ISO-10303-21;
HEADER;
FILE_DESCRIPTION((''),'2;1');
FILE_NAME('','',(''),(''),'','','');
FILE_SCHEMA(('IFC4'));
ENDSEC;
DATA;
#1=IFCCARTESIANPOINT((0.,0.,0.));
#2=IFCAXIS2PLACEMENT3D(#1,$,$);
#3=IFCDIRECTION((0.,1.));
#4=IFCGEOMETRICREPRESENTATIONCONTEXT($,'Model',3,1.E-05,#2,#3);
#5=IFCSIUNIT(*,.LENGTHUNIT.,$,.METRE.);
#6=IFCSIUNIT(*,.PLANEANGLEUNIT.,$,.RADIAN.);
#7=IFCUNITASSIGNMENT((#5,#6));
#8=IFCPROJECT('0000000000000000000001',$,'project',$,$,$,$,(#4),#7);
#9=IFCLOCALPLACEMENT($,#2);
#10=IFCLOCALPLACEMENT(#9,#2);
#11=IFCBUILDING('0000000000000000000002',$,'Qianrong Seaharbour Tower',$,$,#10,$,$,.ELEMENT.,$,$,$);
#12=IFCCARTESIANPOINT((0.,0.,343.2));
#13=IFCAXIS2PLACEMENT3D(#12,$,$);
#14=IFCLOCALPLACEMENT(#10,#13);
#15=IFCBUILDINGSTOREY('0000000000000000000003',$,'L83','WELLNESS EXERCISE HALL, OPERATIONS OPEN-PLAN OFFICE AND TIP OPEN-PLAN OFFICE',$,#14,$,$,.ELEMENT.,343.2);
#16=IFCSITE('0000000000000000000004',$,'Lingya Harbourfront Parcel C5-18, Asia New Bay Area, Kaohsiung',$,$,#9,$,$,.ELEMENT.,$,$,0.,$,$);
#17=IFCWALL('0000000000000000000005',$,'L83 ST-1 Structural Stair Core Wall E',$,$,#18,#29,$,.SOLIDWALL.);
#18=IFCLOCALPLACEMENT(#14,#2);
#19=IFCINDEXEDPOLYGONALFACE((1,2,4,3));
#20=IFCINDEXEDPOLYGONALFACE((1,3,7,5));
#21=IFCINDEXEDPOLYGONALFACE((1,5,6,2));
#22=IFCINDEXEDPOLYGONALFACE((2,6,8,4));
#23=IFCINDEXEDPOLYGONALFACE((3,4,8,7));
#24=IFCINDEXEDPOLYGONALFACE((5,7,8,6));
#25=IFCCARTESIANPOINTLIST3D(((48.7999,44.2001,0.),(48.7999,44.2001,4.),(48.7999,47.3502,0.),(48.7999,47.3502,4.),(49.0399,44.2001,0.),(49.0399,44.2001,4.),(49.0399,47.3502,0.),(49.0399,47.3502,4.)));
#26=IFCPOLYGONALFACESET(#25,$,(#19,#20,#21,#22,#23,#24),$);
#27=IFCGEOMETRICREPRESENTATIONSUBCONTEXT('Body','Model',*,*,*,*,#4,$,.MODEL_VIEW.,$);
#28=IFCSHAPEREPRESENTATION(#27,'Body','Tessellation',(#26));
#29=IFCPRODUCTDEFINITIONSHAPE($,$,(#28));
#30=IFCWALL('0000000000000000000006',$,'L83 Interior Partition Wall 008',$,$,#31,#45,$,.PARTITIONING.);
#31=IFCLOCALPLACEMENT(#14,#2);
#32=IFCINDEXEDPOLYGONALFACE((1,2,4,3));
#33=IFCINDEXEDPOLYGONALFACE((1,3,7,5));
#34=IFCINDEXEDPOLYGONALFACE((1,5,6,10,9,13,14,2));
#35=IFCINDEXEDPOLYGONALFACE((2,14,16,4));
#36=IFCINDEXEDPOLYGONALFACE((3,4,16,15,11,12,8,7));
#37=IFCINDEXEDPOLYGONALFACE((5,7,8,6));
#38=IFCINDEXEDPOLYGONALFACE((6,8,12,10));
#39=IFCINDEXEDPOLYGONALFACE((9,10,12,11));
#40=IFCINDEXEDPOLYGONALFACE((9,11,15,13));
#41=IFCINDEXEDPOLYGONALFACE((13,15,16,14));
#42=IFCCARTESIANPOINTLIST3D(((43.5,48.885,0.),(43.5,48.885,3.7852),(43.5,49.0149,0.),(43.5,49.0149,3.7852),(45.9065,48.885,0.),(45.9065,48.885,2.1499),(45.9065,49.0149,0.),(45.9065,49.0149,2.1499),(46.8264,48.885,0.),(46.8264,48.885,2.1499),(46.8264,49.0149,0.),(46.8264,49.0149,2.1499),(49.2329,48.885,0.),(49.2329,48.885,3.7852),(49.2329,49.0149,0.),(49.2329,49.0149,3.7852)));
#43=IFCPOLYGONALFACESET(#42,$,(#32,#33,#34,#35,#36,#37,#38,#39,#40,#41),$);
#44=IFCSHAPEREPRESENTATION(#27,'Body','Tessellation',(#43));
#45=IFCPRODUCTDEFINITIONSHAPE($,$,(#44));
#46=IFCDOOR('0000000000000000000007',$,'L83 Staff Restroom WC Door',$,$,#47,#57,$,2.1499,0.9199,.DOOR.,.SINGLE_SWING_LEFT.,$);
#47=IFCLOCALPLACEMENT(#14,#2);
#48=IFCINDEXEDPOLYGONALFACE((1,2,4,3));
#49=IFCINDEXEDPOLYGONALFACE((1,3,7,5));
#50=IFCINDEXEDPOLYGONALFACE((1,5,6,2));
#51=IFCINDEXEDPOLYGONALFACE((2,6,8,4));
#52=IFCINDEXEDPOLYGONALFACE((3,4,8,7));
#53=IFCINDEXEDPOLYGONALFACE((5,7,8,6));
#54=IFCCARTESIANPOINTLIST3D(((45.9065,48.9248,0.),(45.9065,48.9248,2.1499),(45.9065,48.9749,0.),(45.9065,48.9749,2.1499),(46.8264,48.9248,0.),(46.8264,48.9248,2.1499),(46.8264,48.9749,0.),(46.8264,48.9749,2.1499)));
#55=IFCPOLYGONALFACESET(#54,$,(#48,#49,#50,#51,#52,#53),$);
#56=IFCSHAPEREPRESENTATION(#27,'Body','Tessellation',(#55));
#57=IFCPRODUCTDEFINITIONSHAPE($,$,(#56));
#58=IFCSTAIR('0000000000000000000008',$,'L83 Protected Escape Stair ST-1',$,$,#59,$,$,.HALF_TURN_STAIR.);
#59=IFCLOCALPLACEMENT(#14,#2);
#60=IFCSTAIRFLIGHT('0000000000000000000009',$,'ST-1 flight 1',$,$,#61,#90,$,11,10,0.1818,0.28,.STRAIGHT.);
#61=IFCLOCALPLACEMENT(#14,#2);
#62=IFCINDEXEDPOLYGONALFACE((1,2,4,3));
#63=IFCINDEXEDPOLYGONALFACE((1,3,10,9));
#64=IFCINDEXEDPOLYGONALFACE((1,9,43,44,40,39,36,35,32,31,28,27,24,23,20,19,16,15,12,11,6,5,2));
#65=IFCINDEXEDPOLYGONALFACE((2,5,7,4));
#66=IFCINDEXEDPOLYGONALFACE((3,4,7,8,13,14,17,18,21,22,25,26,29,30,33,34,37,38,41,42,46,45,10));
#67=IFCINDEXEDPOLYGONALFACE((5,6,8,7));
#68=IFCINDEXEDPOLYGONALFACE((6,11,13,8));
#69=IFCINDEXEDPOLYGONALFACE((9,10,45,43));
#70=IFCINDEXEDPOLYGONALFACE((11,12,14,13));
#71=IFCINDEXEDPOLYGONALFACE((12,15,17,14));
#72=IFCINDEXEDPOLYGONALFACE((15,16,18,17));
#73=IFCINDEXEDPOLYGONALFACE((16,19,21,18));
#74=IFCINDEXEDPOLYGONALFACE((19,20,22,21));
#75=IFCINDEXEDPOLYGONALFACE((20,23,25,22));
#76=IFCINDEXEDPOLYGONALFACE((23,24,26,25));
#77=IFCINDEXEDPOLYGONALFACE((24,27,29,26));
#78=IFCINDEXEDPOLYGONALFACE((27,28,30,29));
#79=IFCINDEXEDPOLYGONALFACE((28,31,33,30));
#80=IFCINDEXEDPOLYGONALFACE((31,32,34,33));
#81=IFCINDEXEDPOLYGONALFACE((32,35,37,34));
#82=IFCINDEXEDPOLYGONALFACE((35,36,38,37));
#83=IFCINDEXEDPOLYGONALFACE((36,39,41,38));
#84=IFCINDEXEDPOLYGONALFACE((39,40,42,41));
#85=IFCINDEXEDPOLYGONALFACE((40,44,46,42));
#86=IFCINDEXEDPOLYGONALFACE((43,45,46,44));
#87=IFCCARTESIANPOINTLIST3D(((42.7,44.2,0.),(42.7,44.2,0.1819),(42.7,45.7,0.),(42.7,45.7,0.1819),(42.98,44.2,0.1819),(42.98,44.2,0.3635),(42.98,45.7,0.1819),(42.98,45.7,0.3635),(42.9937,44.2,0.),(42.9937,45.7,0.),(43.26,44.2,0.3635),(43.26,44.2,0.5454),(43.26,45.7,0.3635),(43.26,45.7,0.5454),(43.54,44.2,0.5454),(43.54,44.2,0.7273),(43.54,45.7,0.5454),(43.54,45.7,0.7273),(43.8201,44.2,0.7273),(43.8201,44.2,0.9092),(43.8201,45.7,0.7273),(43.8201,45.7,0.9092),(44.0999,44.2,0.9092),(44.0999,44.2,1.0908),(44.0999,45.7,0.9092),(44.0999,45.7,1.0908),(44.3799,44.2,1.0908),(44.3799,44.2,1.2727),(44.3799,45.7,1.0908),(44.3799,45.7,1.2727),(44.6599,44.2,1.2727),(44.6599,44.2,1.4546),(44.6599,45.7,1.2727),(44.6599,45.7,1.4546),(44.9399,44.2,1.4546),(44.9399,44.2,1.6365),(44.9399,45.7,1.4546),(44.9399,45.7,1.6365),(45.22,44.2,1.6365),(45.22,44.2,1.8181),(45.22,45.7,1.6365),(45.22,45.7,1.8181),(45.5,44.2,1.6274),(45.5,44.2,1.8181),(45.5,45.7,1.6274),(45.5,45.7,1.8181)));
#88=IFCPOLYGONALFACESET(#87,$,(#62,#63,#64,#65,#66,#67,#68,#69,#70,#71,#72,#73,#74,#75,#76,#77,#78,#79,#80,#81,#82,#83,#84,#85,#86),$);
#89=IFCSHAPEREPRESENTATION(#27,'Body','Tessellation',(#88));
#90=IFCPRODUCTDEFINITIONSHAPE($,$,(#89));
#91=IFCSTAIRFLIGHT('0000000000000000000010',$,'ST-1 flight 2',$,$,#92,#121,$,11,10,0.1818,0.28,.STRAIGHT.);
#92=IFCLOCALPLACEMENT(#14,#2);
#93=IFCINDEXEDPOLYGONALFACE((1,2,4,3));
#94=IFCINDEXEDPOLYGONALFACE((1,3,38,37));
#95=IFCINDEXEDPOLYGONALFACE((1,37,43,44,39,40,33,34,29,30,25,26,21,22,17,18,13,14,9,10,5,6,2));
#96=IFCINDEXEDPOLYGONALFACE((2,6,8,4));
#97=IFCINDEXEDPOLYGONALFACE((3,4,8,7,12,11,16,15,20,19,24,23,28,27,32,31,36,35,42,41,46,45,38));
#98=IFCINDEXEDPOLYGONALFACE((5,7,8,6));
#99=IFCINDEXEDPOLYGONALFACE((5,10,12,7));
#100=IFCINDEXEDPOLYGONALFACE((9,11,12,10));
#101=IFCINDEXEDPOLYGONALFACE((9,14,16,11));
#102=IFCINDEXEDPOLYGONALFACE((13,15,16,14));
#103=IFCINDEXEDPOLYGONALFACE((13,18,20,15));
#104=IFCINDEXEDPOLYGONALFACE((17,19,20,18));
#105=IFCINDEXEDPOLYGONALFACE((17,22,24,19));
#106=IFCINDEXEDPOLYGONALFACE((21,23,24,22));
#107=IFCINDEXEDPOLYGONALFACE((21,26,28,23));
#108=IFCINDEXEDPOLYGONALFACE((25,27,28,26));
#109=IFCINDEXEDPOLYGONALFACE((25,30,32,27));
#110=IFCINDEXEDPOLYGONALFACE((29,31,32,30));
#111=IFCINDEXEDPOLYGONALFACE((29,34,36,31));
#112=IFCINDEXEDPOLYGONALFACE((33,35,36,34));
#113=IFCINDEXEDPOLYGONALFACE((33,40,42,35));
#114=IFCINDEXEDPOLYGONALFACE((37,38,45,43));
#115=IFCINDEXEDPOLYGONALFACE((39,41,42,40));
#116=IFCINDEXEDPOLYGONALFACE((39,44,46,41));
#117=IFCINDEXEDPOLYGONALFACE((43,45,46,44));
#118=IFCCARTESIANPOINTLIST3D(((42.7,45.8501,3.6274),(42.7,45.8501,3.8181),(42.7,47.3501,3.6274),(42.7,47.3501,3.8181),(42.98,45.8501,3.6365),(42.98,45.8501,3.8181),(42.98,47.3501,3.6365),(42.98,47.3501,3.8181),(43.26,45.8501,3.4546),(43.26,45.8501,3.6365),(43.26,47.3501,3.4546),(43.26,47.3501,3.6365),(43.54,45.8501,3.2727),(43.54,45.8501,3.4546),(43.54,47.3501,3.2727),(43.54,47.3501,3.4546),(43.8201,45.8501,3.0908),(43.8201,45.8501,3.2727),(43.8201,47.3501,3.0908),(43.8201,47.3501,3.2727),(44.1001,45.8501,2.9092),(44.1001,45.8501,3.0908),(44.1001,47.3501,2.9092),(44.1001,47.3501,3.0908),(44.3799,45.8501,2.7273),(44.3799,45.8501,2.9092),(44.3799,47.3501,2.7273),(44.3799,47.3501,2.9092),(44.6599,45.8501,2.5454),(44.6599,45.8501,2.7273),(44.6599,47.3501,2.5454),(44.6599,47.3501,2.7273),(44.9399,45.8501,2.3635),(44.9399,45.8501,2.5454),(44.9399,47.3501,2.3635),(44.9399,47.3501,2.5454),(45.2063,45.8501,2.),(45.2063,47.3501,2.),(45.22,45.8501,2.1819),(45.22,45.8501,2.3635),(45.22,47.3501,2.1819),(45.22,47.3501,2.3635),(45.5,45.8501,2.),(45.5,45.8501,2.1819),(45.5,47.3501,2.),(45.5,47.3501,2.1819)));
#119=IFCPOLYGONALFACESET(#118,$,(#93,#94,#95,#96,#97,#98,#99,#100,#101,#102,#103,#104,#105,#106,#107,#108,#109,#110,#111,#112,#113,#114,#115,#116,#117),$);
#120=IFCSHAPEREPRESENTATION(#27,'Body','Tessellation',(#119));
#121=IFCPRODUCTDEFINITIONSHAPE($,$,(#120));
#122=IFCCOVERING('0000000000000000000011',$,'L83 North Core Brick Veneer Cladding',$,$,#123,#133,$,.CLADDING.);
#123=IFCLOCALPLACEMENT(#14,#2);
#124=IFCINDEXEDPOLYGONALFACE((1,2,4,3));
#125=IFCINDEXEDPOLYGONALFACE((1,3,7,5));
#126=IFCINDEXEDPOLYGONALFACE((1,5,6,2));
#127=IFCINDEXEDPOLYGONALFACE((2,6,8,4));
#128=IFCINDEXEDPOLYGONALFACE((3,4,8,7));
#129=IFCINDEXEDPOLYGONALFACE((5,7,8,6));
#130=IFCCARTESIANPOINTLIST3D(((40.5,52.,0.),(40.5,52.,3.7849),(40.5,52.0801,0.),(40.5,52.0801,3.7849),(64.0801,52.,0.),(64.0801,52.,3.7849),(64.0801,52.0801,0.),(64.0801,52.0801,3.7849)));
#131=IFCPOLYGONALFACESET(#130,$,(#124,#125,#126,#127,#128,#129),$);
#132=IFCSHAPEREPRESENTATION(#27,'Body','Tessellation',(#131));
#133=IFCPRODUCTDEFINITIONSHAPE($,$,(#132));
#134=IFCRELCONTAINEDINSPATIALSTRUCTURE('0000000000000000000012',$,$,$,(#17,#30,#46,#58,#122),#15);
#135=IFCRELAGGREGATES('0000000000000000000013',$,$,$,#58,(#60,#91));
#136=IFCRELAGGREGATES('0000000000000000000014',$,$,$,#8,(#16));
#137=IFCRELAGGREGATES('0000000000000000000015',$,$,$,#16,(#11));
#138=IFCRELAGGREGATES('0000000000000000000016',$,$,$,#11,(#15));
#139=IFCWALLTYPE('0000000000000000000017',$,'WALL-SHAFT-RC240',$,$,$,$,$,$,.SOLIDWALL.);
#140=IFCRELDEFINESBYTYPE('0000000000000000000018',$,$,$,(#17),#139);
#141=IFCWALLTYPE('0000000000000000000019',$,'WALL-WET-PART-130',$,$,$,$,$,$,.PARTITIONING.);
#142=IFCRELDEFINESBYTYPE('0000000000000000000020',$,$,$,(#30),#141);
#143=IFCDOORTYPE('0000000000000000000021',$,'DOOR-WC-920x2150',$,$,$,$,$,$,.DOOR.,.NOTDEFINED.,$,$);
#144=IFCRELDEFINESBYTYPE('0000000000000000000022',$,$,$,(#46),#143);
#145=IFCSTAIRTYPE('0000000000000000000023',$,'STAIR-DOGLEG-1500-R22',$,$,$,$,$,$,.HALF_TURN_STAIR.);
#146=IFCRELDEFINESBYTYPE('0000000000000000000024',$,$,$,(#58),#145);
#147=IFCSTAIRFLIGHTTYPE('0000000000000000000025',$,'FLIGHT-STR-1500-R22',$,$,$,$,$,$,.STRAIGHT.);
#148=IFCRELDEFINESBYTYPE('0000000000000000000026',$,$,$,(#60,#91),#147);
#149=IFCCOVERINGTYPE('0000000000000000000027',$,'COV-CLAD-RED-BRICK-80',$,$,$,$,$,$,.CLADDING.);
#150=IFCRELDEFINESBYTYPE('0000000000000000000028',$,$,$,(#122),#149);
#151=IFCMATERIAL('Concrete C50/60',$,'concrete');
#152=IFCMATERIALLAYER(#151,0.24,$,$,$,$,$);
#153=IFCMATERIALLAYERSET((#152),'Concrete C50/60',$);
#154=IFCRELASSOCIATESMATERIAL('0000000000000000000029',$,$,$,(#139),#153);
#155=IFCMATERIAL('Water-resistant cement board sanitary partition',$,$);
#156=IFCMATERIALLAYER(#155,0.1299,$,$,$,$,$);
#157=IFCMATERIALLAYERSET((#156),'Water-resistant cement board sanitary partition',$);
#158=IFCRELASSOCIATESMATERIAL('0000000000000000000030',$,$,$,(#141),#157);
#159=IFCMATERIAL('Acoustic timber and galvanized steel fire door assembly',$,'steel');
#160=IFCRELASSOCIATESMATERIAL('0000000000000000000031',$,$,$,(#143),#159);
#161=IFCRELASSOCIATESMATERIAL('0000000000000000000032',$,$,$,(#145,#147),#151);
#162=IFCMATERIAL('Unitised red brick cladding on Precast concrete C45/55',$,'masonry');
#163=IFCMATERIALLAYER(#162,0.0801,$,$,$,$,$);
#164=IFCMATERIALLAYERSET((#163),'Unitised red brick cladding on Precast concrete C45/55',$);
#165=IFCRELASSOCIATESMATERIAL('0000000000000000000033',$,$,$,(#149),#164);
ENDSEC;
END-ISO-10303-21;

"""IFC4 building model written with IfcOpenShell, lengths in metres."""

from ifc_helpers import new_model, si_unit, direction, frame, frame_2d, origin, origin_2d, place, context, subcontext, project, spatial, polyline, rectangle, outline, extrude, material, layer, layer_set, type_object, element, fill, aggregate, save


model = new_model("IFC4")

# Units and contexts
model_context = context("Model", 3, precision=1e-05, world=origin(), true_north=direction((0.0, 1.0)))
body_context = subcontext(model_context, "Body", "Model", "MODEL_VIEW")
ifc_project = project(units=[si_unit("LENGTHUNIT", "METRE"), si_unit("PLANEANGLEUNIT", "RADIAN")], contexts=[model_context])

# Site, building, storey
site_placement = place(None, origin())
site = spatial("IfcSite", under=ifc_project, at=site_placement, Name="Lingya Harbourfront Parcel C5-18, Asia New Bay Area, Kaohsiung", CompositionType="ELEMENT", RefElevation=0.0)
building_placement = place(site_placement, origin())
building = spatial("IfcBuilding", under=site, at=building_placement, Name="Qianrong Seaharbour Tower", CompositionType="ELEMENT")
storey_placement = place(building_placement, frame((0.0, 0.0, 343.2)))
storey = spatial("IfcBuildingStorey", under=building, at=storey_placement, Name="L83", Description="WELLNESS EXERCISE HALL, OPERATIONS OPEN-PLAN OFFICE AND TIP OPEN-PLAN OFFICE", CompositionType="ELEMENT", Elevation=343.2)

# Shared definitions
ifc_material_1 = material(Name="Concrete C50/60", Category="concrete")

# Shared definitions
ifc_material_2 = material(Name="Acoustic timber and galvanized steel fire door assembly", Category="steel")

# Wall
ifc_layer_1 = layer(ifc_material_1, 0.24)
ifc_layer_set_1 = layer_set([ifc_layer_1], Name="Concrete C50/60")
wall_type_1 = type_object("IfcWallType", Name="WALL-SHAFT-RC240", PredefinedType="SOLIDWALL", material=ifc_layer_set_1)
wall_1_placement = place(storey_placement, frame((48.9199, 44.2, 0.0), z_axis=(0.0, 0.0, 1.0), x_axis=(0.0, 1.0, 0.0)))
element("IfcWall", 1, at=wall_1_placement, inside=storey, type_object=wall_type_1, Name="L83 ST-1 Structural Stair Core Wall E", PredefinedType="SOLIDWALL", context=body_context, shape_type="SweptSolid", body=[
    extrude(rectangle(XDim=3.1501, YDim=0.24, at=frame_2d((1.5752, 0.0))), origin(), (0.0, 0.0, 1.0), 4.0),
])

# Wall, opening, door
ifc_material_3 = material(Name="Water-resistant cement board sanitary partition")
ifc_layer_2 = layer(ifc_material_3, 0.1299)
ifc_layer_set_2 = layer_set([ifc_layer_2], Name="Water-resistant cement board sanitary partition")
wall_type_2 = type_object("IfcWallType", Name="WALL-WET-PART-130", PredefinedType="PARTITIONING", material=ifc_layer_set_2)
wall_2_placement = place(storey_placement, frame((43.5, 48.95, 0.0), z_axis=(0.0, 0.0, 1.0), x_axis=(1.0, 0.0, 0.0)))
wall_2 = element("IfcWall", 2, at=wall_2_placement, inside=storey, type_object=wall_type_2, Name="L83 Interior Partition Wall 008", PredefinedType="PARTITIONING", context=body_context, shape_type="SweptSolid", body=[
    extrude(rectangle(XDim=5.7329, YDim=0.1299, at=frame_2d((2.8665, 0.0))), origin(), (0.0, 0.0, 1.0), 3.7852),
])
opening_1_placement = place(wall_2_placement, frame((2.4065, 0.0, 0.0)))
opening_1 = element("IfcOpeningElement", 3, at=opening_1_placement, cuts=wall_2, PredefinedType="OPENING", context=body_context, shape_type="SweptSolid", body=[
    extrude(rectangle(XDim=0.9199, YDim=2.1499, at=frame_2d((0.46, 1.075))), frame((0.0, 0.075, 0.0), z_axis=(0.0, -1.0, 0.0), x_axis=(1.0, 0.0, 0.0)), (0.0, 0.0, 1.0), 0.1499),
])
door_type_1 = type_object("IfcDoorType", Name="DOOR-WC-920x2150", OperationType="NOTDEFINED", PredefinedType="DOOR", material=ifc_material_2)
door_1_placement = place(opening_1_placement, origin())
door_1 = element("IfcDoor", 4, at=door_1_placement, inside=storey, type_object=door_type_1, Name="L83 Staff Restroom WC Door", OperationType="SINGLE_SWING_LEFT", OverallHeight=2.1499, OverallWidth=0.9199, PredefinedType="DOOR", context=body_context, shape_type="SweptSolid", body=[
    extrude(rectangle(XDim=0.9199, YDim=2.1499, at=frame_2d((0.46, 1.075))), frame((0.0, 0.0249, 0.0), z_axis=(0.0, -1.0, 0.0), x_axis=(1.0, 0.0, 0.0)), (0.0, 0.0, 1.0), 0.05),
])
fill(opening_1, door_1)

# Stair, stair flights
stair_type = type_object("IfcStairType", Name="STAIR-DOGLEG-1500-R22", PredefinedType="HALF_TURN_STAIR", material=ifc_material_1)
stair_placement = place(storey_placement, origin())
stair = element("IfcStair", 5, at=stair_placement, inside=storey, type_object=stair_type, Name="L83 Protected Escape Stair ST-1", PredefinedType="HALF_TURN_STAIR")
stair_flight_type = type_object("IfcStairFlightType", Name="FLIGHT-STR-1500-R22", PredefinedType="STRAIGHT", material=ifc_material_1)
stair_flight_1_placement = place(storey_placement, frame((42.7, 44.95, 0.0), z_axis=(0.0, 0.0, 1.0), x_axis=(1.0, 0.0, 0.0)))
stair_flight_1 = element("IfcStairFlight", 6, at=stair_flight_1_placement, type_object=stair_flight_type, Name="ST-1 flight 1", NumberOfRisers=11, NumberOfTreads=10, PredefinedType="STRAIGHT", RiserHeight=0.1818, TreadLength=0.28, context=body_context, shape_type="SweptSolid", body=[
    extrude(outline(polyline([(0.0, 0.0), (0.0, 0.1819), (0.28, 0.1819), (0.28, 0.3635), (0.5601, 0.3635), (0.5601, 0.5454), (0.8401, 0.5454), (0.8401, 0.7273), (1.1201, 0.7273), (1.1201, 0.9092), (1.3999, 0.9092), (1.3999, 1.0908), (1.6799, 1.0908), (1.6799, 1.2727), (1.96, 1.2727), (1.96, 1.4546), (2.24, 1.4546), (2.24, 1.6365), (2.52, 1.6365), (2.52, 1.8181), (2.8, 1.8181), (2.8, 2.0), (2.8, 1.6274), (0.2937, 0.0), (0.0, 0.0)])), frame((0.0, 0.75, 0.0), z_axis=(0.0, -1.0, 0.0), x_axis=(1.0, 0.0, 0.0)), (0.0, 0.0, 1.0), 1.5),
])
stair_flight_2_placement = place(storey_placement, frame((45.5, 46.6001, 2.0), z_axis=(0.0, 0.0, 1.0), x_axis=(-1.0, 0.0, 0.0)))
stair_flight_2 = element("IfcStairFlight", 7, at=stair_flight_2_placement, type_object=stair_flight_type, Name="ST-1 flight 2", NumberOfRisers=11, NumberOfTreads=10, PredefinedType="STRAIGHT", RiserHeight=0.1818, TreadLength=0.28, context=body_context, shape_type="SweptSolid", body=[
    extrude(outline(polyline([(0.0, 0.0), (0.0, 0.1819), (0.28, 0.1819), (0.28, 0.3635), (0.5601, 0.3635), (0.5601, 0.5454), (0.8401, 0.5454), (0.8401, 0.7273), (1.1201, 0.7273), (1.1201, 0.9092), (1.3999, 0.9092), (1.3999, 1.0908), (1.6799, 1.0908), (1.6799, 1.2727), (1.96, 1.2727), (1.96, 1.4546), (2.24, 1.4546), (2.24, 1.6365), (2.52, 1.6365), (2.52, 1.8181), (2.8, 1.8181), (2.8, 2.0), (2.8, 1.6274), (0.2937, 0.0), (0.0, 0.0)])), frame((0.0, 0.75, 0.0), z_axis=(0.0, -1.0, 0.0), x_axis=(1.0, 0.0, 0.0)), (0.0, 0.0, 1.0), 1.5),
])
aggregate(stair, [stair_flight_1, stair_flight_2])

# Covering
ifc_material_4 = material(Name="Unitised red brick cladding on Precast concrete C45/55", Category="masonry")
ifc_layer_3 = layer(ifc_material_4, 0.0801)
ifc_layer_set_3 = layer_set([ifc_layer_3], Name="Unitised red brick cladding on Precast concrete C45/55")
covering_type = type_object("IfcCoveringType", Name="COV-CLAD-RED-BRICK-80", PredefinedType="CLADDING", material=ifc_layer_set_3)
covering_placement = place(storey_placement, frame((52.29, 52.04, 0.0), z_axis=(0.0, 0.0, 1.0), x_axis=(1.0, 0.0, 0.0)))
element("IfcCovering", 8, at=covering_placement, inside=storey, type_object=covering_type, Name="L83 North Core Brick Veneer Cladding", PredefinedType="CLADDING", context=body_context, shape_type="SweptSolid", body=[
    extrude(rectangle(XDim=23.5801, YDim=0.0801, at=origin_2d()), origin(), (0.0, 0.0, 1.0), 3.7849),
])

save(model, "model.ifc")
